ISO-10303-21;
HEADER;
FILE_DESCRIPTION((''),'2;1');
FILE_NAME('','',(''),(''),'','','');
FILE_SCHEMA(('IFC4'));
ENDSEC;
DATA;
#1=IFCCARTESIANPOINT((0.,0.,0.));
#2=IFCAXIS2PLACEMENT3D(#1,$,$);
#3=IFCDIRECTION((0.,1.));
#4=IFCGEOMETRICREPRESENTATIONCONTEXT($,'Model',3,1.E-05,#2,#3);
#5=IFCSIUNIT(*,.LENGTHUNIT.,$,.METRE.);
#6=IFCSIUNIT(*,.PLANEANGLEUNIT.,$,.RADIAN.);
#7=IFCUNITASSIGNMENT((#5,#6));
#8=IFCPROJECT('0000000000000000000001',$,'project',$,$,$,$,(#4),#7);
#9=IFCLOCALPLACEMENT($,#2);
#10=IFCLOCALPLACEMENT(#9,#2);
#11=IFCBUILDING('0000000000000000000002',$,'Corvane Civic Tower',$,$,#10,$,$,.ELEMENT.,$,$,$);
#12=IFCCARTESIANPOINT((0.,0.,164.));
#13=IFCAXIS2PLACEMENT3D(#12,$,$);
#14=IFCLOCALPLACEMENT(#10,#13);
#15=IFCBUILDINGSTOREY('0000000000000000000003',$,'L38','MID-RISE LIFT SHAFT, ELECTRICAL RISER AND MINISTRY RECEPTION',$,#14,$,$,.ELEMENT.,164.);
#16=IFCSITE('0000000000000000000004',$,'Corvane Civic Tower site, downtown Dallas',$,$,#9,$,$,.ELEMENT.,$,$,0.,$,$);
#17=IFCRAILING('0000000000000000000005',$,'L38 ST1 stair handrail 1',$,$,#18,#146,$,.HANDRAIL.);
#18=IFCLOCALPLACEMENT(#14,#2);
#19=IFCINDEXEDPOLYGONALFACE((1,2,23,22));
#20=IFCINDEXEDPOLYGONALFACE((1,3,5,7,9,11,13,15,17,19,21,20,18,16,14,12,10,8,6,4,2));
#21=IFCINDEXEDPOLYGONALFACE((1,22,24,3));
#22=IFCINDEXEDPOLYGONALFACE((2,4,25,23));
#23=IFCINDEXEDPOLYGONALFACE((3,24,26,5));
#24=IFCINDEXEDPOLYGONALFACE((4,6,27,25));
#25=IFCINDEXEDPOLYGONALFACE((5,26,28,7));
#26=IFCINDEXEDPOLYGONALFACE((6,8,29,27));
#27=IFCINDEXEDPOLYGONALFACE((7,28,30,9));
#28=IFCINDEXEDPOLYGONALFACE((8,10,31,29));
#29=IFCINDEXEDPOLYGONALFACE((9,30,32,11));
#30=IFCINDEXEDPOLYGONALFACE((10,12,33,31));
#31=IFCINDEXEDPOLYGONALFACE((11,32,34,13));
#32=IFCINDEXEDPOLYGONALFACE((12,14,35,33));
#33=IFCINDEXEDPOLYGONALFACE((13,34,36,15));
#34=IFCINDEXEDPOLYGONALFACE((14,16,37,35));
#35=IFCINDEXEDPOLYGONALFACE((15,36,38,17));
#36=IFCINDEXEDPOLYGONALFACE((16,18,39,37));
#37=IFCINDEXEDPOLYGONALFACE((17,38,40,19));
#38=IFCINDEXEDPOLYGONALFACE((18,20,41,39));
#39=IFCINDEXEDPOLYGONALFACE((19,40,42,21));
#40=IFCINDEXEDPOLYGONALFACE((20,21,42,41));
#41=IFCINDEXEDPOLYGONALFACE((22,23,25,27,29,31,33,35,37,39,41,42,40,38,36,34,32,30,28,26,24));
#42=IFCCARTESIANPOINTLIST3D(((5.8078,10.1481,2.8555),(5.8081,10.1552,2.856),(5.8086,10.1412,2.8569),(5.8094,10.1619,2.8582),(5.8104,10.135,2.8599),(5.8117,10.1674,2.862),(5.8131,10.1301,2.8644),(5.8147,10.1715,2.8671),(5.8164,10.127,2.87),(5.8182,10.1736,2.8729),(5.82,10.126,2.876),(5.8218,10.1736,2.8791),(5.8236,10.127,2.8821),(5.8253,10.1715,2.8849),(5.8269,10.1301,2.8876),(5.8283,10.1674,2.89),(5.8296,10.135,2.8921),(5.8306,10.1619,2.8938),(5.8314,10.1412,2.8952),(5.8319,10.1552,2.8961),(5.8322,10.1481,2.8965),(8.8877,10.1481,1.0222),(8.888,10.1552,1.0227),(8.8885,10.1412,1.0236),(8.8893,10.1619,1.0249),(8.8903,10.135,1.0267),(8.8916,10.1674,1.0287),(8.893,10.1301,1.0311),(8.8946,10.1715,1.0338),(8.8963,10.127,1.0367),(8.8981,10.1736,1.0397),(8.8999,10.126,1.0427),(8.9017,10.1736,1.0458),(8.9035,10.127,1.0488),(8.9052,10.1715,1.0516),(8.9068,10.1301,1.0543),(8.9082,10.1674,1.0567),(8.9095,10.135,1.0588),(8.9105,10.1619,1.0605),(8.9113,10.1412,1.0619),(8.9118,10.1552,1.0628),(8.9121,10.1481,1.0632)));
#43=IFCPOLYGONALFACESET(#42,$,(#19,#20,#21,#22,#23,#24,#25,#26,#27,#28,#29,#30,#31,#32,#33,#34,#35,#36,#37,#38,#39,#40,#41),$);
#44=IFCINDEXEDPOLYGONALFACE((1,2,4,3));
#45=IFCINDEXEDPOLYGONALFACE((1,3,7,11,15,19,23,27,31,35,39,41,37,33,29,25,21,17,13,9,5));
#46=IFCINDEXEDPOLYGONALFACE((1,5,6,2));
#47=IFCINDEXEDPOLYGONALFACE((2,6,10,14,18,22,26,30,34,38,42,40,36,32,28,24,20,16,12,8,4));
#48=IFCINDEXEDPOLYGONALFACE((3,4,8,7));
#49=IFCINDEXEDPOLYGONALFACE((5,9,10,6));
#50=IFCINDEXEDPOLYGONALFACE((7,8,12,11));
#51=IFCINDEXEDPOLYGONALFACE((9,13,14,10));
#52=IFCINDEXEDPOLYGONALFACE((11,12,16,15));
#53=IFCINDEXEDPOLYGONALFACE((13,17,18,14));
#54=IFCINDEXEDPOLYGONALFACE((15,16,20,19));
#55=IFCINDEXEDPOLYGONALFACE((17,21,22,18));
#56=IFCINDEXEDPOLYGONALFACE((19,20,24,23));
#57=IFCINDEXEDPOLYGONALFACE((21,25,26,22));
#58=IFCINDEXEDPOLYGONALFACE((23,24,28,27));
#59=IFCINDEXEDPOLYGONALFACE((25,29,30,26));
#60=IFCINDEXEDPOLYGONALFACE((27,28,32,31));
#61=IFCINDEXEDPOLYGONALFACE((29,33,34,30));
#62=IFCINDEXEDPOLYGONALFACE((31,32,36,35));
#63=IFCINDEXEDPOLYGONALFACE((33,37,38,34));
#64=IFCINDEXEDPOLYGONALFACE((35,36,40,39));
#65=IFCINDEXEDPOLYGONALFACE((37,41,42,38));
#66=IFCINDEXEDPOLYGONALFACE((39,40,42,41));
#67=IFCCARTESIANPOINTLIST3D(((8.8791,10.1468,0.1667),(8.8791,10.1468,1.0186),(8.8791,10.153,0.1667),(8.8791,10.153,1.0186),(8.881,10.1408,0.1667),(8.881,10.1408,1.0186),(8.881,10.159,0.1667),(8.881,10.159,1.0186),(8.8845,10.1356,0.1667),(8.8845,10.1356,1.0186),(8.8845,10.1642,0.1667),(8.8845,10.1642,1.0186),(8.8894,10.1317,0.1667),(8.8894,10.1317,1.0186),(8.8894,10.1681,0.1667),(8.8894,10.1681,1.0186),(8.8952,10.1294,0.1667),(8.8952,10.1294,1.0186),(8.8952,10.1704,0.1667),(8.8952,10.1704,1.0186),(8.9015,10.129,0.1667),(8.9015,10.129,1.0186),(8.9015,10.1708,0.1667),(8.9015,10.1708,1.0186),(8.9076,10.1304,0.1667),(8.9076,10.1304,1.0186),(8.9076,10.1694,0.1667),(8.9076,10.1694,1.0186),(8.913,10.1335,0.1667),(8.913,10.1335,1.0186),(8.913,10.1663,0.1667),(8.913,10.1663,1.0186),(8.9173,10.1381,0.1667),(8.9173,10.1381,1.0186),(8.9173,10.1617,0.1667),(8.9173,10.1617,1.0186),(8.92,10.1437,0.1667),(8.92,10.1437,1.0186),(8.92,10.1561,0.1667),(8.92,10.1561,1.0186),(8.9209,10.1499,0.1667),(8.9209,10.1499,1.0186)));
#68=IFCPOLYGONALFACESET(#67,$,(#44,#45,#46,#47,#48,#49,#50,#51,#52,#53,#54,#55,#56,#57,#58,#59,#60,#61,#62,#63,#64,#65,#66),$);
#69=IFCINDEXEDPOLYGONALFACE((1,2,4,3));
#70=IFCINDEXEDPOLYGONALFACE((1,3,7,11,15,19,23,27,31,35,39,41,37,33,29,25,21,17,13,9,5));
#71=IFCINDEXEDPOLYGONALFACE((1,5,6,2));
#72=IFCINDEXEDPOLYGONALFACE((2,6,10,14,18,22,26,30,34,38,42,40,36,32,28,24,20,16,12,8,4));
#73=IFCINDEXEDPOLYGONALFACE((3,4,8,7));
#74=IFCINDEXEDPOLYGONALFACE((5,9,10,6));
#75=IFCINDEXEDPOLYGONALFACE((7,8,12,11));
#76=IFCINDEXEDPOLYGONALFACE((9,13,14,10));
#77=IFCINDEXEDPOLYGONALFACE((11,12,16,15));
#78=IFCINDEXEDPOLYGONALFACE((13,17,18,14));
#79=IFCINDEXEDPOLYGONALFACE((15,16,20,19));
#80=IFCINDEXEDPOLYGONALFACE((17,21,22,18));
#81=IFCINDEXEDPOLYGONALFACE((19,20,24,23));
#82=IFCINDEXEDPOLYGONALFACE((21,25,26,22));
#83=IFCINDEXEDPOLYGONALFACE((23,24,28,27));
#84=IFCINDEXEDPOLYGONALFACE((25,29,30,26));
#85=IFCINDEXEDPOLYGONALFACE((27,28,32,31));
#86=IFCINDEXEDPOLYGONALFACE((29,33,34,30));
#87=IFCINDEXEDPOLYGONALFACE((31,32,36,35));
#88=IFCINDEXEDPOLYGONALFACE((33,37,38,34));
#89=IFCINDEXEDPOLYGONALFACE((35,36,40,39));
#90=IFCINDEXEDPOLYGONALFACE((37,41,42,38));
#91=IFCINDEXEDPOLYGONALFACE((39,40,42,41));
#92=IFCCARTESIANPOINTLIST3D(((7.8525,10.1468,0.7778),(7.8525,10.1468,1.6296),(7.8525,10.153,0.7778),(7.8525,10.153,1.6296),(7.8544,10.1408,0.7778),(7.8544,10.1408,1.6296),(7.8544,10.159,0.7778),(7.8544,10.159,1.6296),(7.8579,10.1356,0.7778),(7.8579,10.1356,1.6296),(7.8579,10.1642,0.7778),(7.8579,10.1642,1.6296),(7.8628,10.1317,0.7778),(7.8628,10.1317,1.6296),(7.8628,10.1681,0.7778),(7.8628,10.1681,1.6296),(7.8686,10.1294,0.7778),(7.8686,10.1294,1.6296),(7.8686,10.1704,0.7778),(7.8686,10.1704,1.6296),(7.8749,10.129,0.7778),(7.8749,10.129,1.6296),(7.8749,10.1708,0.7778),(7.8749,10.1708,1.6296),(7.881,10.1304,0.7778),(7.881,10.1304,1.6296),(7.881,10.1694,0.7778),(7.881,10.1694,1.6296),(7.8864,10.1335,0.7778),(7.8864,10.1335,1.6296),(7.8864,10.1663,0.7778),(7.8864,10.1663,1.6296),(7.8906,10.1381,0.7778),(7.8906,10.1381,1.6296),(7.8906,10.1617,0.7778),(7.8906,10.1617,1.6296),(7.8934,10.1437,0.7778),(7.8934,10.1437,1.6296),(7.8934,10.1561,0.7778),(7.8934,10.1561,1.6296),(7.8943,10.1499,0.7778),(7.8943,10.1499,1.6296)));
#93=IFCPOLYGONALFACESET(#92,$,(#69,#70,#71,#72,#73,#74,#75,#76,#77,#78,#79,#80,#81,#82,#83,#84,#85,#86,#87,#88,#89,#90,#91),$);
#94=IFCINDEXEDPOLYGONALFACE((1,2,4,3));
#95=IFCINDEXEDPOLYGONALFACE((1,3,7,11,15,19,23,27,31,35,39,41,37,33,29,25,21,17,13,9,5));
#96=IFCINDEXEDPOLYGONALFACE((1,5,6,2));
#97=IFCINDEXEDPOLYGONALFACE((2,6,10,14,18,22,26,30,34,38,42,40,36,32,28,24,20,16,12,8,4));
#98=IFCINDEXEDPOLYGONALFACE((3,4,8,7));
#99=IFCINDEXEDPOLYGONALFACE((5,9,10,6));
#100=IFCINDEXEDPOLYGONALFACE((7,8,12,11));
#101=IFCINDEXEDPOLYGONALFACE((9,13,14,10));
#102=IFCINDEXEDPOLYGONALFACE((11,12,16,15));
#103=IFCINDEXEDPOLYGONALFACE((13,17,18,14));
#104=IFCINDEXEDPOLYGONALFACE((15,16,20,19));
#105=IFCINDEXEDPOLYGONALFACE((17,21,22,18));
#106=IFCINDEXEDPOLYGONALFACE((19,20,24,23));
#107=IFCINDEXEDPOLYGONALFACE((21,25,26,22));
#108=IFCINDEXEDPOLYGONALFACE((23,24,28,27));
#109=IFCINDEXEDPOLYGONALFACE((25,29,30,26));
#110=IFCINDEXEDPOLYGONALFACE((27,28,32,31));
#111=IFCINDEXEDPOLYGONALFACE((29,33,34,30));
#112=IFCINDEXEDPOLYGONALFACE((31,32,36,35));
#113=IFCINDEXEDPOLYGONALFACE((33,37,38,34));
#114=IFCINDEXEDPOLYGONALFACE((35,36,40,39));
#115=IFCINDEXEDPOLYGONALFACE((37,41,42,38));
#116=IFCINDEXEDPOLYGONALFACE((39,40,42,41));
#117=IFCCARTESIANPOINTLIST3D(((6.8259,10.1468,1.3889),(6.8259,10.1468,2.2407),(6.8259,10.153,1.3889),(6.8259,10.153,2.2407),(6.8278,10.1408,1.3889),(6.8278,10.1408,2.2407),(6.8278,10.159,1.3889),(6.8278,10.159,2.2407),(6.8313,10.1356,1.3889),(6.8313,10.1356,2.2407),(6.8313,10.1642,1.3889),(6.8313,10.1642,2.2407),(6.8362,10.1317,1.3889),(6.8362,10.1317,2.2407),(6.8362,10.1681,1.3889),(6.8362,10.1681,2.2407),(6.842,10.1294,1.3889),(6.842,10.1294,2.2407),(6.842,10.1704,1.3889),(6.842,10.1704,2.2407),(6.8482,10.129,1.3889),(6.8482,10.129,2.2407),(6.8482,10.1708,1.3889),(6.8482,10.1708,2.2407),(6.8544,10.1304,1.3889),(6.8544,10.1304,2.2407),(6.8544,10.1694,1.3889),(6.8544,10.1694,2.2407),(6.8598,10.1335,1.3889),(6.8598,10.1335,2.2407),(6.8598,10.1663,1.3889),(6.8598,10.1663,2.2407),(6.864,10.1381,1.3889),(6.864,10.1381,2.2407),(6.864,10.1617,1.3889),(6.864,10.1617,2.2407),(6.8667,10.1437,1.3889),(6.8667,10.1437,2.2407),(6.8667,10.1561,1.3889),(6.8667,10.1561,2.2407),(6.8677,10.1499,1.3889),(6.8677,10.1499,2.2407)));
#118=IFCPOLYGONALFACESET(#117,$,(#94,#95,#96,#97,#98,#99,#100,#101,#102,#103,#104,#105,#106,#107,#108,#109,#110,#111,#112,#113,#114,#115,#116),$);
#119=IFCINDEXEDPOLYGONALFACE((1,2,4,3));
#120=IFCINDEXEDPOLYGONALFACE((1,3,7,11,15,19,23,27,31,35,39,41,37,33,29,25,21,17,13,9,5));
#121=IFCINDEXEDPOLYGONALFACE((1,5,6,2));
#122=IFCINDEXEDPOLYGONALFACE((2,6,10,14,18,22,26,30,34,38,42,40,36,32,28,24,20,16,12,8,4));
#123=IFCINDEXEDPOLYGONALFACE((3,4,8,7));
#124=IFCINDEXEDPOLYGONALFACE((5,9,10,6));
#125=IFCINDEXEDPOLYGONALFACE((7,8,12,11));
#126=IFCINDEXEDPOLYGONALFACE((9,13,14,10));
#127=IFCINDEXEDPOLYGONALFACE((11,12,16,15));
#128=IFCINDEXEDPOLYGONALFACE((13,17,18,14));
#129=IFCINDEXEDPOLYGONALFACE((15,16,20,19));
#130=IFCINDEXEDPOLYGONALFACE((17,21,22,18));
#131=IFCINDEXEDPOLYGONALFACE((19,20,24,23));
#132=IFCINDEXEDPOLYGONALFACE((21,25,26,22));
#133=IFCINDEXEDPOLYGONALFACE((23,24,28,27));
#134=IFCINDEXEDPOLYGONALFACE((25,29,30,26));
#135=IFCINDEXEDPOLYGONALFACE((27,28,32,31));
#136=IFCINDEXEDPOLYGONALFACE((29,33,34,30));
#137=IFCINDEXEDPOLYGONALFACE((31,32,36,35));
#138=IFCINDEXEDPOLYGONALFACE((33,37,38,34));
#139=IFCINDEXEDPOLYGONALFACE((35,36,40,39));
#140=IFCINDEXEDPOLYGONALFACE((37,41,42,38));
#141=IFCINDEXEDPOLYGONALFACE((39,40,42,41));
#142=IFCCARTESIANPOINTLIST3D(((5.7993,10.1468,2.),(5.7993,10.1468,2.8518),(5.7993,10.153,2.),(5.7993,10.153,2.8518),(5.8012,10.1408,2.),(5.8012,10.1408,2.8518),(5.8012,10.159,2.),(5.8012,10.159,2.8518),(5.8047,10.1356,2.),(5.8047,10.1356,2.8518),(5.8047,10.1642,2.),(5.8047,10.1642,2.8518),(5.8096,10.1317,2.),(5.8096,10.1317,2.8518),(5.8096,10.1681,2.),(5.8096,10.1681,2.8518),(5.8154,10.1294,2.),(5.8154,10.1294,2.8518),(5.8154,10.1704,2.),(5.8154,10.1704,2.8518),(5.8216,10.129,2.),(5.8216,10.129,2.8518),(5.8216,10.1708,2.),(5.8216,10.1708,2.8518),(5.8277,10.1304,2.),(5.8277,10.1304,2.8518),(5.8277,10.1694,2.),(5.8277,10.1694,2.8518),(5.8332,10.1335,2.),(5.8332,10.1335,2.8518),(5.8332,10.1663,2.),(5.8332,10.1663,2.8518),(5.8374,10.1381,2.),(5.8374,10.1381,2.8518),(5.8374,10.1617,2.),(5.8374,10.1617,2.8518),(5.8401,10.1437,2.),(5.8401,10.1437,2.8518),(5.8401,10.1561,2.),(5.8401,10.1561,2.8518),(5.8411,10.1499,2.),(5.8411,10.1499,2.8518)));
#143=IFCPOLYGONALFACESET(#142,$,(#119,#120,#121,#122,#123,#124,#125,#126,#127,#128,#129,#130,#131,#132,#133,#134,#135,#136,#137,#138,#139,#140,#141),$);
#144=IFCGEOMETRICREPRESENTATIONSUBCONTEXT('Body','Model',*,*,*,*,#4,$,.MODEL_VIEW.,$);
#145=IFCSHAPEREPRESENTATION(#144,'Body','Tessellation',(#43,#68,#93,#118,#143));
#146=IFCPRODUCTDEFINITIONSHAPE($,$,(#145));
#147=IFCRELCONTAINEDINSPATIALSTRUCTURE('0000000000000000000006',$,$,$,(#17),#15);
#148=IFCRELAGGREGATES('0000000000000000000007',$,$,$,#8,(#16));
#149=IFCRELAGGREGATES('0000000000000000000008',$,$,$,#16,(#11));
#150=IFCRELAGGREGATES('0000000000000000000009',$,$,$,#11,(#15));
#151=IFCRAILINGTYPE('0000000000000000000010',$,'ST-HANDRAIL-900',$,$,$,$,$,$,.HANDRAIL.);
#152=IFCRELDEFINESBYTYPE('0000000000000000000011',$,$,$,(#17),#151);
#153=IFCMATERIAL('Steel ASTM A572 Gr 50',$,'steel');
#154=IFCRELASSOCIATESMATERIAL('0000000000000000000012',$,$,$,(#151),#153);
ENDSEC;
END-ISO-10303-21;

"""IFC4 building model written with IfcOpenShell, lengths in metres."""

from ifc_helpers import new_model, si_unit, direction, frame, origin, origin_2d, place, context, subcontext, project, spatial, circle, extrude, material, type_object, element, save


model = new_model("IFC4")

# Units and contexts
model_context = context("Model", 3, precision=1e-05, world=origin(), true_north=direction((0.0, 1.0)))
body_context = subcontext(model_context, "Body", "Model", "MODEL_VIEW")
ifc_project = project(units=[si_unit("LENGTHUNIT", "METRE"), si_unit("PLANEANGLEUNIT", "RADIAN")], contexts=[model_context])

# Site, building, storey
site_placement = place(None, origin())
site = spatial("IfcSite", under=ifc_project, at=site_placement, Name="Corvane Civic Tower site, downtown Dallas", CompositionType="ELEMENT", RefElevation=0.0)
building_placement = place(site_placement, origin())
building = spatial("IfcBuilding", under=site, at=building_placement, Name="Corvane Civic Tower", CompositionType="ELEMENT")
storey_placement = place(building_placement, frame((0.0, 0.0, 164.0)))
storey = spatial("IfcBuildingStorey", under=building, at=storey_placement, Name="L38", Description="MID-RISE LIFT SHAFT, ELECTRICAL RISER AND MINISTRY RECEPTION", CompositionType="ELEMENT", Elevation=164.0)

# Railing
ifc_material_1 = material(Name="Steel ASTM A572 Gr 50", Category="steel")
railing_type = type_object("IfcRailingType", Name="ST-HANDRAIL-900", PredefinedType="HANDRAIL", material=ifc_material_1)
railing_placement = place(storey_placement, frame((8.8999, 10.1499, 0.1667)))
element("IfcRailing", 1, at=railing_placement, inside=storey, type_object=railing_type, Name="L38 ST1 stair handrail 1", PredefinedType="HANDRAIL", context=body_context, shape_type="SweptSolid", body=[
    extrude(circle(Radius=0.0239, at=origin_2d()), frame((0.0, 0.0, 0.876), z_axis=(-0.859291, 0.0, 0.511487), x_axis=(0.0, -1.0, 0.0)), (0.0, 0.0, 1.0), 3.5842),
    extrude(circle(Radius=0.021, at=origin_2d()), origin(), (0.0, 0.0, 1.0), 0.8518),
    extrude(circle(Radius=0.021, at=origin_2d()), frame((-1.0266, 0.0, 0.6111)), (0.0, 0.0, 1.0), 0.8518),
    extrude(circle(Radius=0.021, at=origin_2d()), frame((-2.0532, 0.0, 1.2222)), (0.0, 0.0, 1.0), 0.8518),
    extrude(circle(Radius=0.021, at=origin_2d()), frame((-3.0798, 0.0, 1.8333)), (0.0, 0.0, 1.0), 0.8518),
])

save(model, "model.ifc")
